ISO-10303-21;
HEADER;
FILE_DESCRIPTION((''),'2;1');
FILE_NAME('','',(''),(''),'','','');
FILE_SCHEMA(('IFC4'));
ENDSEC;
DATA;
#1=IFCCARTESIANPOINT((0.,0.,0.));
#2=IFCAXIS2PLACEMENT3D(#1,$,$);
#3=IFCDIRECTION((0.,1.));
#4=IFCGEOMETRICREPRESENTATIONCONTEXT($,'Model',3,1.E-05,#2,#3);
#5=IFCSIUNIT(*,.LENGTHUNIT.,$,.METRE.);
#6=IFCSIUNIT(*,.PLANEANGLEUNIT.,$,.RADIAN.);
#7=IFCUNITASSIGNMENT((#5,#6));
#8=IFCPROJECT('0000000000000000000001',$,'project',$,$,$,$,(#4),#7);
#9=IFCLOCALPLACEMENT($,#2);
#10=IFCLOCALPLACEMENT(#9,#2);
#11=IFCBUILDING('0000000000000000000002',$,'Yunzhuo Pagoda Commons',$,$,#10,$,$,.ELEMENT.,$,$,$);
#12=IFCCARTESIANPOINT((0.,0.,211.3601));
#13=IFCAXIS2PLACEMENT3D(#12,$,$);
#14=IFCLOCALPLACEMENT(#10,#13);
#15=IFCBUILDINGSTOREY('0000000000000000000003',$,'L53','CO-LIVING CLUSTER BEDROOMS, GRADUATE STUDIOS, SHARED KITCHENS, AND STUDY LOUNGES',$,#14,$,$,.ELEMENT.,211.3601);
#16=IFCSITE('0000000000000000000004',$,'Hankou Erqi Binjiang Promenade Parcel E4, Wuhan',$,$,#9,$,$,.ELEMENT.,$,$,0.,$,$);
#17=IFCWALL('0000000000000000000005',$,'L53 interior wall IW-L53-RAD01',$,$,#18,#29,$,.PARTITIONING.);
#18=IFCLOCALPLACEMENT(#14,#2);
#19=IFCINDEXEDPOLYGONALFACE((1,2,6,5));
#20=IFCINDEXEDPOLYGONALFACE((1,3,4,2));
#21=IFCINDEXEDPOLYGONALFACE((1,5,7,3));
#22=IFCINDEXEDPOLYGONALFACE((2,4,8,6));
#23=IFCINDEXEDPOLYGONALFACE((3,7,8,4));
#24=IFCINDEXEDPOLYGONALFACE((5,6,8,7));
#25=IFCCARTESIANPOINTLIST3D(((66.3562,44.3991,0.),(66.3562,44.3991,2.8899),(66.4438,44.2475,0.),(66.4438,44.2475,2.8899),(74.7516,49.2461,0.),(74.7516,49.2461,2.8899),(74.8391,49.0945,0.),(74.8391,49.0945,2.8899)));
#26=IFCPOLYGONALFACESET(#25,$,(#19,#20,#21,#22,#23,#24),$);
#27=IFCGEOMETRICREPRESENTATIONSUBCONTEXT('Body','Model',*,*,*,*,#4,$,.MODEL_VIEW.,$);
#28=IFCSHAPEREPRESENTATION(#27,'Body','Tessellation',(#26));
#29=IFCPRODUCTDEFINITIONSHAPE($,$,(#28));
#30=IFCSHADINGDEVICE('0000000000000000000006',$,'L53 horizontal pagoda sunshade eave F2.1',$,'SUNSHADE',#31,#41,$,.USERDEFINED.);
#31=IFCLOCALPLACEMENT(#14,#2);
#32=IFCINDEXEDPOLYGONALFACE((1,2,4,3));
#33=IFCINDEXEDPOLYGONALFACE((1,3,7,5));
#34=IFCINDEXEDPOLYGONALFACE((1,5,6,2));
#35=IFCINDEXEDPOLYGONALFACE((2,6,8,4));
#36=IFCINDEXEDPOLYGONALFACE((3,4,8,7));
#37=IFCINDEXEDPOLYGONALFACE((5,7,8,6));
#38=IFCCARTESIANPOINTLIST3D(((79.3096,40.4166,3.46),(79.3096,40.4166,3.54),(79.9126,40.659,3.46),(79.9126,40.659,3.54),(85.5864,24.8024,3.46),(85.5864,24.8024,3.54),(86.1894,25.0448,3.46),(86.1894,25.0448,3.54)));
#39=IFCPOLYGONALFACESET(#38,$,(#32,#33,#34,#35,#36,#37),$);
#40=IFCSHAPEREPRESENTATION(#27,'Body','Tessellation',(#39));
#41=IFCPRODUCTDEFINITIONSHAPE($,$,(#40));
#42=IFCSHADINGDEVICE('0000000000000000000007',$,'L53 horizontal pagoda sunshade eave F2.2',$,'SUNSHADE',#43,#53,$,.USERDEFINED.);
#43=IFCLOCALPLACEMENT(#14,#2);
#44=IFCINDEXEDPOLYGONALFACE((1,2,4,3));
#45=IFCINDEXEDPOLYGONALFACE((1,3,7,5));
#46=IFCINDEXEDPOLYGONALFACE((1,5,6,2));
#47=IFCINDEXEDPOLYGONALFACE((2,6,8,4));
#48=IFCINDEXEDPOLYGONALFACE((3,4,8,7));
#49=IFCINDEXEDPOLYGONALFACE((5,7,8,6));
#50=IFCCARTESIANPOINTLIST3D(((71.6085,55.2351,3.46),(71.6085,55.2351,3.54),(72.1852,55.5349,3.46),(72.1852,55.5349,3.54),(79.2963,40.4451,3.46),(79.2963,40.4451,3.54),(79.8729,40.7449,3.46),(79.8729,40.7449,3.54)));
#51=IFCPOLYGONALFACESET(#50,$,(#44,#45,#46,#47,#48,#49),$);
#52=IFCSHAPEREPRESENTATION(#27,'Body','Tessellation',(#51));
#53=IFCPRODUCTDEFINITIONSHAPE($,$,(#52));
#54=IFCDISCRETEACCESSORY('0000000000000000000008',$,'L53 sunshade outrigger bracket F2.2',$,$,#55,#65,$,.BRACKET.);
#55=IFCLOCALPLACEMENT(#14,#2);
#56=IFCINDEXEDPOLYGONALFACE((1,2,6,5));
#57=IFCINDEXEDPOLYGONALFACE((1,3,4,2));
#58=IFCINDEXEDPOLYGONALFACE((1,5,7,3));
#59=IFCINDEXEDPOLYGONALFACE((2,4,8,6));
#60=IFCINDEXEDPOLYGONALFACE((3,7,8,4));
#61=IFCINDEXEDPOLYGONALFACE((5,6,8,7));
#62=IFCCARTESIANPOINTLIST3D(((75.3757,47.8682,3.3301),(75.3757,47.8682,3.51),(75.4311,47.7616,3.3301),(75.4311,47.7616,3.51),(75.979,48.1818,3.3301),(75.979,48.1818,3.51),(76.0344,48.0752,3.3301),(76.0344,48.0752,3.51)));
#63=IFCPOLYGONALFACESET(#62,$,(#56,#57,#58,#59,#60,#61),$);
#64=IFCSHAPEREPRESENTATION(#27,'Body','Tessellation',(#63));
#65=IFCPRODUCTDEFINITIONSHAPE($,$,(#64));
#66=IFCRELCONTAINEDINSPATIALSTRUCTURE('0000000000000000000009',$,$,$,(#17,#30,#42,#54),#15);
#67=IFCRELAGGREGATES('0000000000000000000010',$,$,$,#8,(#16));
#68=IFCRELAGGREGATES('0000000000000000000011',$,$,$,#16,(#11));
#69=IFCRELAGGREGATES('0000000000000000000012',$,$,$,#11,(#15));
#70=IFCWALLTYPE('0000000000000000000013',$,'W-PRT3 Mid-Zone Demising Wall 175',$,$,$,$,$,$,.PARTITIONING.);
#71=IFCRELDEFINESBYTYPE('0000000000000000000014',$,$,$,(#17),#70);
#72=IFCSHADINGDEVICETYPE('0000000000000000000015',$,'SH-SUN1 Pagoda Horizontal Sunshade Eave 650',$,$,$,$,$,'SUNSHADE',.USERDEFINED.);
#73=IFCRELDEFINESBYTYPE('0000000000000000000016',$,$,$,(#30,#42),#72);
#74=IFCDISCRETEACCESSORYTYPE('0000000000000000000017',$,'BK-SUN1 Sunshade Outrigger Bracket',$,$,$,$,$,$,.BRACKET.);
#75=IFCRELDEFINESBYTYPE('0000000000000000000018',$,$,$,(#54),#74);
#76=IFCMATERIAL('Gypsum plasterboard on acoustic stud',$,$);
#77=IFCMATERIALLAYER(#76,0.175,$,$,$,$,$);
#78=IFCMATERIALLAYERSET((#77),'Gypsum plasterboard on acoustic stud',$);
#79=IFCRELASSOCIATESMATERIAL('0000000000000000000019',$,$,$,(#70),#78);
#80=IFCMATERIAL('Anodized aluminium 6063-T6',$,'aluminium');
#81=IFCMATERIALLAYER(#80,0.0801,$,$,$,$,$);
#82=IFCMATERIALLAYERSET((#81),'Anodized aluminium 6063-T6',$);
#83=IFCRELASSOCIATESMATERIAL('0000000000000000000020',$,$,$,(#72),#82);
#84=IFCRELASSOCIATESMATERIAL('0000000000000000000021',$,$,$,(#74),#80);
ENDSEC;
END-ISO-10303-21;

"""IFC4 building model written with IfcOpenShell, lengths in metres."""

from ifc_helpers import new_model, si_unit, direction, frame, frame_2d, origin, origin_2d, place, context, subcontext, project, spatial, rectangle, extrude, source, transform, mapped, material, layer, layer_set, type_object, element, save


model = new_model("IFC4")

# Units and contexts
model_context = context("Model", 3, precision=1e-05, world=origin(), true_north=direction((0.0, 1.0)))
body_context = subcontext(model_context, "Body", "Model", "MODEL_VIEW")
ifc_project = project(units=[si_unit("LENGTHUNIT", "METRE"), si_unit("PLANEANGLEUNIT", "RADIAN")], contexts=[model_context])

# Site, building, storey
site_placement = place(None, origin())
site = spatial("IfcSite", under=ifc_project, at=site_placement, Name="Hankou Erqi Binjiang Promenade Parcel E4, Wuhan", CompositionType="ELEMENT", RefElevation=0.0)
building_placement = place(site_placement, origin())
building = spatial("IfcBuilding", under=site, at=building_placement, Name="Yunzhuo Pagoda Commons", CompositionType="ELEMENT")
storey_placement = place(building_placement, frame((0.0, 0.0, 211.3601)))
storey = spatial("IfcBuildingStorey", under=building, at=storey_placement, Name="L53", Description="CO-LIVING CLUSTER BEDROOMS, GRADUATE STUDIOS, SHARED KITCHENS, AND STUDY LOUNGES", CompositionType="ELEMENT", Elevation=211.3601)

# Shared definitions
ifc_material_1 = material(Name="Anodized aluminium 6063-T6", Category="aluminium")

# Shared definitions
ifc_material_2 = material(Name="Gypsum plasterboard on acoustic stud")

# Wall
ifc_layer_1 = layer(ifc_material_2, 0.175)
ifc_layer_set_1 = layer_set([ifc_layer_1], Name="Gypsum plasterboard on acoustic stud")
wall_type_1 = type_object("IfcWallType", Name="W-PRT3 Mid-Zone Demising Wall 175", PredefinedType="PARTITIONING", material=ifc_layer_set_1)
wall_1_placement = place(storey_placement, frame((66.3999, 44.3232, 0.0), z_axis=(0.0, 0.0, 1.0), x_axis=(0.866029, 0.499994, 0.0)))
element("IfcWall", 1, at=wall_1_placement, inside=storey, type_object=wall_type_1, Name="L53 interior wall IW-L53-RAD01", PredefinedType="PARTITIONING", context=body_context, shape_type="SweptSolid", body=[
    extrude(rectangle(XDim=9.6941, YDim=0.175, at=frame_2d((4.8472, 0.0))), origin(), (0.0, 0.0, 1.0), 2.8899),
])

# Shading devices
ifc_layer_2 = layer(ifc_material_1, 0.0801)
ifc_layer_set_2 = layer_set([ifc_layer_2], Name="Anodized aluminium 6063-T6")
shading_device_type = type_object("IfcShadingDeviceType", Name="SH-SUN1 Pagoda Horizontal Sunshade Eave 650", ElementType="SUNSHADE", PredefinedType="USERDEFINED", material=ifc_layer_set_2)
shared_shape_1 = source(origin(), body_context, "Body", "SweptSolid", [
    extrude(rectangle(XDim=16.8286, YDim=0.6499, at=origin_2d()), origin(), (0.0, 0.0, 1.0), 0.0801),
])
shading_device_1_placement = place(storey_placement, frame((82.7495, 32.7307, 3.46), z_axis=(0.0, 0.0, 1.0), x_axis=(-0.372988, 0.927836, 0.0)))
element("IfcShadingDevice", 2, at=shading_device_1_placement, inside=storey, type_object=shading_device_type, Name="L53 horizontal pagoda sunshade eave F2.1", ObjectType="SUNSHADE", PredefinedType="USERDEFINED", context=body_context, shape_type="MappedRepresentation", body=[
    mapped(shared_shape_1, transform((0.0, 0.0, 0.0), scale=1.0)),
])
shared_shape_2 = source(origin(), body_context, "Body", "SweptSolid", [
    extrude(rectangle(XDim=16.6687, YDim=0.6499, at=origin_2d()), origin(), (0.0, 0.0, 1.0), 0.0801),
])
shading_device_2_placement = place(storey_placement, frame((75.7407, 47.99, 3.46), z_axis=(0.0, 0.0, 1.0), x_axis=(-0.461207, 0.887293, 0.0)))
element("IfcShadingDevice", 3, at=shading_device_2_placement, inside=storey, type_object=shading_device_type, Name="L53 horizontal pagoda sunshade eave F2.2", ObjectType="SUNSHADE", PredefinedType="USERDEFINED", context=body_context, shape_type="MappedRepresentation", body=[
    mapped(shared_shape_2, transform((0.0, 0.0, 0.0), scale=1.0)),
])

# Discrete accessory
discrete_accessory_type = type_object("IfcDiscreteAccessoryType", Name="BK-SUN1 Sunshade Outrigger Bracket", PredefinedType="BRACKET", material=ifc_material_1)
shared_shape_3 = source(origin(), body_context, "Body", "SweptSolid", [
    extrude(rectangle(XDim=0.1201, YDim=0.6799, at=origin_2d()), origin(), (0.0, 0.0, 1.0), 0.1799),
])
discrete_accessory_placement = place(storey_placement, frame((75.7051, 47.9717, 3.3301), z_axis=(0.0, 0.0, 1.0), x_axis=(-0.461207, 0.887293, 0.0)))
element("IfcDiscreteAccessory", 4, at=discrete_accessory_placement, inside=storey, type_object=discrete_accessory_type, Name="L53 sunshade outrigger bracket F2.2", PredefinedType="BRACKET", context=body_context, shape_type="MappedRepresentation", body=[
    mapped(shared_shape_3, transform((0.0, 0.0, 0.0), scale=1.0)),
])

save(model, "model.ifc")
